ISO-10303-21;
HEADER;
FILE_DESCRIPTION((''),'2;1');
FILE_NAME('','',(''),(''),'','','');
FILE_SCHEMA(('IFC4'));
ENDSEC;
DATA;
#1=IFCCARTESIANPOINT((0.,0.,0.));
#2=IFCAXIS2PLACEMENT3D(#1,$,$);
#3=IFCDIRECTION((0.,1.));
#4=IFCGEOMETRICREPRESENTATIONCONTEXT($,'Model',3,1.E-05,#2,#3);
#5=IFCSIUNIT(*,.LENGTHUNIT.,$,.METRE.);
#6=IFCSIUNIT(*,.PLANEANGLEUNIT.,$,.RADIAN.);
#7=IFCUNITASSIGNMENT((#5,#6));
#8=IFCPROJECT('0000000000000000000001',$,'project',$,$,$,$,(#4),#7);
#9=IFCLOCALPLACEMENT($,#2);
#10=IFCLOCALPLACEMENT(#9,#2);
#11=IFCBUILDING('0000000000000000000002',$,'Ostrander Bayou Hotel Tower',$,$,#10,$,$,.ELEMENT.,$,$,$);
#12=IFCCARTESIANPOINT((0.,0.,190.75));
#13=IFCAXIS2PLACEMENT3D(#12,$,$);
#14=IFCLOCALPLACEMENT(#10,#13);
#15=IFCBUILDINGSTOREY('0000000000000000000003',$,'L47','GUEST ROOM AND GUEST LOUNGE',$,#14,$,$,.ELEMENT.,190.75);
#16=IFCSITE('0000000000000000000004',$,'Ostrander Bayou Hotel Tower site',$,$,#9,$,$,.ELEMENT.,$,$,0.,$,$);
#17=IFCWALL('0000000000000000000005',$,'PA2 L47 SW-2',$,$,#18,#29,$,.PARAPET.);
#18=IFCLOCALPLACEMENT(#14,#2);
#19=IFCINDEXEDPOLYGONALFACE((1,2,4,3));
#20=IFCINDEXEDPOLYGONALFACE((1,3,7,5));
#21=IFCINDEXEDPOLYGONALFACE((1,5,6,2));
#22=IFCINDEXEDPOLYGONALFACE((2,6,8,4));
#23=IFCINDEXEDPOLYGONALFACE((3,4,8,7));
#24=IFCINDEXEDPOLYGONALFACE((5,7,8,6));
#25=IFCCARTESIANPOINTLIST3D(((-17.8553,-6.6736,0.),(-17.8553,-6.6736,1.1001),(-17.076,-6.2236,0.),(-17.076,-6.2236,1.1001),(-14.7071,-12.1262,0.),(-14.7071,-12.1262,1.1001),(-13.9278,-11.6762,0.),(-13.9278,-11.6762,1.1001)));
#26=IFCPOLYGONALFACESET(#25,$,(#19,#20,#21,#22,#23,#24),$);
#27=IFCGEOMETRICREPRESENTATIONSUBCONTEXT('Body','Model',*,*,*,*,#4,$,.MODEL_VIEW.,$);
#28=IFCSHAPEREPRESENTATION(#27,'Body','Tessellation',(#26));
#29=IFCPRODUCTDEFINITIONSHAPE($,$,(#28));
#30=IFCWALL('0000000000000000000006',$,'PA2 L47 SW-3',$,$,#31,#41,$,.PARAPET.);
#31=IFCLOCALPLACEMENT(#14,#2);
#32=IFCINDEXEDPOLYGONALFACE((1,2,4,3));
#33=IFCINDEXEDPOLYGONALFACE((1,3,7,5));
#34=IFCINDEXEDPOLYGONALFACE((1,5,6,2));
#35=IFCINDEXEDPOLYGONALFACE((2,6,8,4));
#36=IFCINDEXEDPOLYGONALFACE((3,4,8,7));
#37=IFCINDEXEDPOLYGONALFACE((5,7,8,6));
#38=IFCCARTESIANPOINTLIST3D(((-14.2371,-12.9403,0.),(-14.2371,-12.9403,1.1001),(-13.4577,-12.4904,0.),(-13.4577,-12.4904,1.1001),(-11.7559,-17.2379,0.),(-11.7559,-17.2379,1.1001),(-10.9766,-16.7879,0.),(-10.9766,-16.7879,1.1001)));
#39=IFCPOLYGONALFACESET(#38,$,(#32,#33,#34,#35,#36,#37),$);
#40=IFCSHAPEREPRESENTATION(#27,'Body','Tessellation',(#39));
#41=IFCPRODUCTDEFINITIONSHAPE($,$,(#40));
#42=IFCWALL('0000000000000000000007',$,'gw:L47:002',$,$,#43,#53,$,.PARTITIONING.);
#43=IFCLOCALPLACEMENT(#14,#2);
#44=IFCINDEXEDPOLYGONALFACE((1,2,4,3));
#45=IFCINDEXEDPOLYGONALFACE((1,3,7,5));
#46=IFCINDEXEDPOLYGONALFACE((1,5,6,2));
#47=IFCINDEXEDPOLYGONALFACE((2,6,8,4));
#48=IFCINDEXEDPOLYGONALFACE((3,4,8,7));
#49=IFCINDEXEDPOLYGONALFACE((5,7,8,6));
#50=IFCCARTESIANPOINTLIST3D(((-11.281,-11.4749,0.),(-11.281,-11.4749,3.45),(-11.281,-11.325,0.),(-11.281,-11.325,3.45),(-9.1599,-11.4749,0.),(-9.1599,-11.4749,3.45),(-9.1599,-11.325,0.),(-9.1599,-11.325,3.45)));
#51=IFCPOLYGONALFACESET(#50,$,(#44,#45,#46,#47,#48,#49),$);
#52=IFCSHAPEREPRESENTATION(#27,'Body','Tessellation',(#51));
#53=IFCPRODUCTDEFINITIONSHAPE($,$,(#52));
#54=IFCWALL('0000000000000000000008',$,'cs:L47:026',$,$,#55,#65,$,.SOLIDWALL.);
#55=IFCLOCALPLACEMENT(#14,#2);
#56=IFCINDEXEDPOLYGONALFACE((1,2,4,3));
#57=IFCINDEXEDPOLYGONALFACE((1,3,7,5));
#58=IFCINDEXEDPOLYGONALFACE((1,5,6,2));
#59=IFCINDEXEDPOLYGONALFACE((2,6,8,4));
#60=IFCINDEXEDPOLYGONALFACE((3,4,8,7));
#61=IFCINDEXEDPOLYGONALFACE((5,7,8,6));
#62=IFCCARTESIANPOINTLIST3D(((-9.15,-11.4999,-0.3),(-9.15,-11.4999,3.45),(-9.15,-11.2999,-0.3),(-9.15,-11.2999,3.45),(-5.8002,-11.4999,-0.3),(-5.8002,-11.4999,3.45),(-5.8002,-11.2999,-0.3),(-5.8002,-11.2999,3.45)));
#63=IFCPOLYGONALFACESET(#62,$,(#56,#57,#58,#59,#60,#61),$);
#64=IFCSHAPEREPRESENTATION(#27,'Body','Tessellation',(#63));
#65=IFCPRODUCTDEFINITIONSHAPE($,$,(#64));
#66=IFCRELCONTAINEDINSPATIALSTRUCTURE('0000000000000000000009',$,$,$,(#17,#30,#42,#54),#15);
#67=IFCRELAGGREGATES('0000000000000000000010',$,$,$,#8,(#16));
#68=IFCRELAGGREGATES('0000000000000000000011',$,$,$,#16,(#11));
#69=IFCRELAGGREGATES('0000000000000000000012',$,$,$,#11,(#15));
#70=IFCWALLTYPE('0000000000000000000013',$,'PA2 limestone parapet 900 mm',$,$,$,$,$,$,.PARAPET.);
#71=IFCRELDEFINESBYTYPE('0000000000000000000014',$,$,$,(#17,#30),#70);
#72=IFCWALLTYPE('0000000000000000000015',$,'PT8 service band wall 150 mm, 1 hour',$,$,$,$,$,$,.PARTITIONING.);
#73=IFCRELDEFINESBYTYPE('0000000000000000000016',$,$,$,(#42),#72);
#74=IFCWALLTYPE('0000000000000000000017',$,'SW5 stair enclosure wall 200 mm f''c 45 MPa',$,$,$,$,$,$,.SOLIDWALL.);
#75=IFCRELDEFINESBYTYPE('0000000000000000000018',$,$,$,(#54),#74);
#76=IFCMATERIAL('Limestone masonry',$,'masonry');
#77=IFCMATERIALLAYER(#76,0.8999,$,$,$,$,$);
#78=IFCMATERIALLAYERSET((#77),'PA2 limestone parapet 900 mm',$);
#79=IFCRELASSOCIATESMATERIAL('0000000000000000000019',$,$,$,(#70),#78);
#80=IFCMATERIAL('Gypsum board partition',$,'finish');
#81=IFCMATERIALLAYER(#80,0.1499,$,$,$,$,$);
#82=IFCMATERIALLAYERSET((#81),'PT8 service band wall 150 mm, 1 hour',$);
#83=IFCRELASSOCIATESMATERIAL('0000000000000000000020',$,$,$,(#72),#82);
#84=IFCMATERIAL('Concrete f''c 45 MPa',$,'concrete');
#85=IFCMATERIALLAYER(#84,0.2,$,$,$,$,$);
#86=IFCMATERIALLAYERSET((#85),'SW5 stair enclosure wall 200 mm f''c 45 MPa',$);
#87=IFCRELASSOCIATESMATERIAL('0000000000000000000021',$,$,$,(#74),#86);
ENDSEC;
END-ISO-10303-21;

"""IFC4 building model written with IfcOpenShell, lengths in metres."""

from ifc_helpers import new_model, si_unit, direction, frame, frame_2d, origin, place, context, subcontext, project, spatial, rectangle, extrude, material, layer, layer_set, type_object, element, save


model = new_model("IFC4")

# Units and contexts
model_context = context("Model", 3, precision=1e-05, world=origin(), true_north=direction((0.0, 1.0)))
body_context = subcontext(model_context, "Body", "Model", "MODEL_VIEW")
ifc_project = project(units=[si_unit("LENGTHUNIT", "METRE"), si_unit("PLANEANGLEUNIT", "RADIAN")], contexts=[model_context])

# Site, building, storey
site_placement = place(None, origin())
site = spatial("IfcSite", under=ifc_project, at=site_placement, Name="Ostrander Bayou Hotel Tower site", CompositionType="ELEMENT", RefElevation=0.0)
building_placement = place(site_placement, origin())
building = spatial("IfcBuilding", under=site, at=building_placement, Name="Ostrander Bayou Hotel Tower", CompositionType="ELEMENT")
storey_placement = place(building_placement, frame((0.0, 0.0, 190.75)))
storey = spatial("IfcBuildingStorey", under=building, at=storey_placement, Name="L47", Description="GUEST ROOM AND GUEST LOUNGE", CompositionType="ELEMENT", Elevation=190.75)

# Walls
ifc_material_1 = material(Name="Limestone masonry", Category="masonry")
ifc_layer_1 = layer(ifc_material_1, 0.8999)
ifc_layer_set_1 = layer_set([ifc_layer_1], Name="PA2 limestone parapet 900 mm")
wall_type_1 = type_object("IfcWallType", Name="PA2 limestone parapet 900 mm", PredefinedType="PARAPET", material=ifc_layer_set_1)
wall_1_placement = place(storey_placement, frame((-17.4656, -6.4487, 0.0), z_axis=(0.0, 0.0, 1.0), x_axis=(0.500013, -0.866018, 0.0)))
element("IfcWall", 1, at=wall_1_placement, inside=storey, type_object=wall_type_1, Name="PA2 L47 SW-2", PredefinedType="PARAPET", context=body_context, shape_type="SweptSolid", body=[
    extrude(rectangle(XDim=6.2961, YDim=0.8999, at=frame_2d((3.1479, 0.0))), origin(), (0.0, 0.0, 1.0), 1.1001),
])
wall_2_placement = place(storey_placement, frame((-13.8474, -12.7153, 0.0), z_axis=(0.0, 0.0, 1.0), x_axis=(0.499996, -0.866027, 0.0)))
element("IfcWall", 2, at=wall_2_placement, inside=storey, type_object=wall_type_1, Name="PA2 L47 SW-3", PredefinedType="PARAPET", context=body_context, shape_type="SweptSolid", body=[
    extrude(rectangle(XDim=4.9624, YDim=0.8999, at=frame_2d((2.4812, 0.0))), origin(), (0.0, 0.0, 1.0), 1.1001),
])
ifc_material_2 = material(Name="Gypsum board partition", Category="finish")
ifc_layer_2 = layer(ifc_material_2, 0.1499)
ifc_layer_set_2 = layer_set([ifc_layer_2], Name="PT8 service band wall 150 mm, 1 hour")
wall_type_2 = type_object("IfcWallType", Name="PT8 service band wall 150 mm, 1 hour", PredefinedType="PARTITIONING", material=ifc_layer_set_2)
wall_3_placement = place(storey_placement, frame((-11.281, -11.3999, 0.0), z_axis=(0.0, 0.0, 1.0), x_axis=(1.0, 0.0, 0.0)))
element("IfcWall", 3, at=wall_3_placement, inside=storey, type_object=wall_type_2, Name="gw:L47:002", PredefinedType="PARTITIONING", context=body_context, shape_type="SweptSolid", body=[
    extrude(rectangle(XDim=2.1211, YDim=0.1499, at=frame_2d((1.0605, 0.0))), origin(), (0.0, 0.0, 1.0), 3.45),
])
ifc_material_3 = material(Name="Concrete f'c 45 MPa", Category="concrete")
ifc_layer_3 = layer(ifc_material_3, 0.2)
ifc_layer_set_3 = layer_set([ifc_layer_3], Name="SW5 stair enclosure wall 200 mm f'c 45 MPa")
wall_type_3 = type_object("IfcWallType", Name="SW5 stair enclosure wall 200 mm f'c 45 MPa", PredefinedType="SOLIDWALL", material=ifc_layer_set_3)
wall_4_placement = place(storey_placement, frame((-9.1499, -11.3999, -0.3), z_axis=(0.0, 0.0, 1.0), x_axis=(1.0, 0.0, 0.0)))
element("IfcWall", 4, at=wall_4_placement, inside=storey, type_object=wall_type_3, Name="cs:L47:026", PredefinedType="SOLIDWALL", context=body_context, shape_type="SweptSolid", body=[
    extrude(rectangle(XDim=3.3499, YDim=0.2, at=frame_2d((1.6748, 0.0))), origin(), (0.0, 0.0, 1.0), 3.75),
])

save(model, "model.ifc")
